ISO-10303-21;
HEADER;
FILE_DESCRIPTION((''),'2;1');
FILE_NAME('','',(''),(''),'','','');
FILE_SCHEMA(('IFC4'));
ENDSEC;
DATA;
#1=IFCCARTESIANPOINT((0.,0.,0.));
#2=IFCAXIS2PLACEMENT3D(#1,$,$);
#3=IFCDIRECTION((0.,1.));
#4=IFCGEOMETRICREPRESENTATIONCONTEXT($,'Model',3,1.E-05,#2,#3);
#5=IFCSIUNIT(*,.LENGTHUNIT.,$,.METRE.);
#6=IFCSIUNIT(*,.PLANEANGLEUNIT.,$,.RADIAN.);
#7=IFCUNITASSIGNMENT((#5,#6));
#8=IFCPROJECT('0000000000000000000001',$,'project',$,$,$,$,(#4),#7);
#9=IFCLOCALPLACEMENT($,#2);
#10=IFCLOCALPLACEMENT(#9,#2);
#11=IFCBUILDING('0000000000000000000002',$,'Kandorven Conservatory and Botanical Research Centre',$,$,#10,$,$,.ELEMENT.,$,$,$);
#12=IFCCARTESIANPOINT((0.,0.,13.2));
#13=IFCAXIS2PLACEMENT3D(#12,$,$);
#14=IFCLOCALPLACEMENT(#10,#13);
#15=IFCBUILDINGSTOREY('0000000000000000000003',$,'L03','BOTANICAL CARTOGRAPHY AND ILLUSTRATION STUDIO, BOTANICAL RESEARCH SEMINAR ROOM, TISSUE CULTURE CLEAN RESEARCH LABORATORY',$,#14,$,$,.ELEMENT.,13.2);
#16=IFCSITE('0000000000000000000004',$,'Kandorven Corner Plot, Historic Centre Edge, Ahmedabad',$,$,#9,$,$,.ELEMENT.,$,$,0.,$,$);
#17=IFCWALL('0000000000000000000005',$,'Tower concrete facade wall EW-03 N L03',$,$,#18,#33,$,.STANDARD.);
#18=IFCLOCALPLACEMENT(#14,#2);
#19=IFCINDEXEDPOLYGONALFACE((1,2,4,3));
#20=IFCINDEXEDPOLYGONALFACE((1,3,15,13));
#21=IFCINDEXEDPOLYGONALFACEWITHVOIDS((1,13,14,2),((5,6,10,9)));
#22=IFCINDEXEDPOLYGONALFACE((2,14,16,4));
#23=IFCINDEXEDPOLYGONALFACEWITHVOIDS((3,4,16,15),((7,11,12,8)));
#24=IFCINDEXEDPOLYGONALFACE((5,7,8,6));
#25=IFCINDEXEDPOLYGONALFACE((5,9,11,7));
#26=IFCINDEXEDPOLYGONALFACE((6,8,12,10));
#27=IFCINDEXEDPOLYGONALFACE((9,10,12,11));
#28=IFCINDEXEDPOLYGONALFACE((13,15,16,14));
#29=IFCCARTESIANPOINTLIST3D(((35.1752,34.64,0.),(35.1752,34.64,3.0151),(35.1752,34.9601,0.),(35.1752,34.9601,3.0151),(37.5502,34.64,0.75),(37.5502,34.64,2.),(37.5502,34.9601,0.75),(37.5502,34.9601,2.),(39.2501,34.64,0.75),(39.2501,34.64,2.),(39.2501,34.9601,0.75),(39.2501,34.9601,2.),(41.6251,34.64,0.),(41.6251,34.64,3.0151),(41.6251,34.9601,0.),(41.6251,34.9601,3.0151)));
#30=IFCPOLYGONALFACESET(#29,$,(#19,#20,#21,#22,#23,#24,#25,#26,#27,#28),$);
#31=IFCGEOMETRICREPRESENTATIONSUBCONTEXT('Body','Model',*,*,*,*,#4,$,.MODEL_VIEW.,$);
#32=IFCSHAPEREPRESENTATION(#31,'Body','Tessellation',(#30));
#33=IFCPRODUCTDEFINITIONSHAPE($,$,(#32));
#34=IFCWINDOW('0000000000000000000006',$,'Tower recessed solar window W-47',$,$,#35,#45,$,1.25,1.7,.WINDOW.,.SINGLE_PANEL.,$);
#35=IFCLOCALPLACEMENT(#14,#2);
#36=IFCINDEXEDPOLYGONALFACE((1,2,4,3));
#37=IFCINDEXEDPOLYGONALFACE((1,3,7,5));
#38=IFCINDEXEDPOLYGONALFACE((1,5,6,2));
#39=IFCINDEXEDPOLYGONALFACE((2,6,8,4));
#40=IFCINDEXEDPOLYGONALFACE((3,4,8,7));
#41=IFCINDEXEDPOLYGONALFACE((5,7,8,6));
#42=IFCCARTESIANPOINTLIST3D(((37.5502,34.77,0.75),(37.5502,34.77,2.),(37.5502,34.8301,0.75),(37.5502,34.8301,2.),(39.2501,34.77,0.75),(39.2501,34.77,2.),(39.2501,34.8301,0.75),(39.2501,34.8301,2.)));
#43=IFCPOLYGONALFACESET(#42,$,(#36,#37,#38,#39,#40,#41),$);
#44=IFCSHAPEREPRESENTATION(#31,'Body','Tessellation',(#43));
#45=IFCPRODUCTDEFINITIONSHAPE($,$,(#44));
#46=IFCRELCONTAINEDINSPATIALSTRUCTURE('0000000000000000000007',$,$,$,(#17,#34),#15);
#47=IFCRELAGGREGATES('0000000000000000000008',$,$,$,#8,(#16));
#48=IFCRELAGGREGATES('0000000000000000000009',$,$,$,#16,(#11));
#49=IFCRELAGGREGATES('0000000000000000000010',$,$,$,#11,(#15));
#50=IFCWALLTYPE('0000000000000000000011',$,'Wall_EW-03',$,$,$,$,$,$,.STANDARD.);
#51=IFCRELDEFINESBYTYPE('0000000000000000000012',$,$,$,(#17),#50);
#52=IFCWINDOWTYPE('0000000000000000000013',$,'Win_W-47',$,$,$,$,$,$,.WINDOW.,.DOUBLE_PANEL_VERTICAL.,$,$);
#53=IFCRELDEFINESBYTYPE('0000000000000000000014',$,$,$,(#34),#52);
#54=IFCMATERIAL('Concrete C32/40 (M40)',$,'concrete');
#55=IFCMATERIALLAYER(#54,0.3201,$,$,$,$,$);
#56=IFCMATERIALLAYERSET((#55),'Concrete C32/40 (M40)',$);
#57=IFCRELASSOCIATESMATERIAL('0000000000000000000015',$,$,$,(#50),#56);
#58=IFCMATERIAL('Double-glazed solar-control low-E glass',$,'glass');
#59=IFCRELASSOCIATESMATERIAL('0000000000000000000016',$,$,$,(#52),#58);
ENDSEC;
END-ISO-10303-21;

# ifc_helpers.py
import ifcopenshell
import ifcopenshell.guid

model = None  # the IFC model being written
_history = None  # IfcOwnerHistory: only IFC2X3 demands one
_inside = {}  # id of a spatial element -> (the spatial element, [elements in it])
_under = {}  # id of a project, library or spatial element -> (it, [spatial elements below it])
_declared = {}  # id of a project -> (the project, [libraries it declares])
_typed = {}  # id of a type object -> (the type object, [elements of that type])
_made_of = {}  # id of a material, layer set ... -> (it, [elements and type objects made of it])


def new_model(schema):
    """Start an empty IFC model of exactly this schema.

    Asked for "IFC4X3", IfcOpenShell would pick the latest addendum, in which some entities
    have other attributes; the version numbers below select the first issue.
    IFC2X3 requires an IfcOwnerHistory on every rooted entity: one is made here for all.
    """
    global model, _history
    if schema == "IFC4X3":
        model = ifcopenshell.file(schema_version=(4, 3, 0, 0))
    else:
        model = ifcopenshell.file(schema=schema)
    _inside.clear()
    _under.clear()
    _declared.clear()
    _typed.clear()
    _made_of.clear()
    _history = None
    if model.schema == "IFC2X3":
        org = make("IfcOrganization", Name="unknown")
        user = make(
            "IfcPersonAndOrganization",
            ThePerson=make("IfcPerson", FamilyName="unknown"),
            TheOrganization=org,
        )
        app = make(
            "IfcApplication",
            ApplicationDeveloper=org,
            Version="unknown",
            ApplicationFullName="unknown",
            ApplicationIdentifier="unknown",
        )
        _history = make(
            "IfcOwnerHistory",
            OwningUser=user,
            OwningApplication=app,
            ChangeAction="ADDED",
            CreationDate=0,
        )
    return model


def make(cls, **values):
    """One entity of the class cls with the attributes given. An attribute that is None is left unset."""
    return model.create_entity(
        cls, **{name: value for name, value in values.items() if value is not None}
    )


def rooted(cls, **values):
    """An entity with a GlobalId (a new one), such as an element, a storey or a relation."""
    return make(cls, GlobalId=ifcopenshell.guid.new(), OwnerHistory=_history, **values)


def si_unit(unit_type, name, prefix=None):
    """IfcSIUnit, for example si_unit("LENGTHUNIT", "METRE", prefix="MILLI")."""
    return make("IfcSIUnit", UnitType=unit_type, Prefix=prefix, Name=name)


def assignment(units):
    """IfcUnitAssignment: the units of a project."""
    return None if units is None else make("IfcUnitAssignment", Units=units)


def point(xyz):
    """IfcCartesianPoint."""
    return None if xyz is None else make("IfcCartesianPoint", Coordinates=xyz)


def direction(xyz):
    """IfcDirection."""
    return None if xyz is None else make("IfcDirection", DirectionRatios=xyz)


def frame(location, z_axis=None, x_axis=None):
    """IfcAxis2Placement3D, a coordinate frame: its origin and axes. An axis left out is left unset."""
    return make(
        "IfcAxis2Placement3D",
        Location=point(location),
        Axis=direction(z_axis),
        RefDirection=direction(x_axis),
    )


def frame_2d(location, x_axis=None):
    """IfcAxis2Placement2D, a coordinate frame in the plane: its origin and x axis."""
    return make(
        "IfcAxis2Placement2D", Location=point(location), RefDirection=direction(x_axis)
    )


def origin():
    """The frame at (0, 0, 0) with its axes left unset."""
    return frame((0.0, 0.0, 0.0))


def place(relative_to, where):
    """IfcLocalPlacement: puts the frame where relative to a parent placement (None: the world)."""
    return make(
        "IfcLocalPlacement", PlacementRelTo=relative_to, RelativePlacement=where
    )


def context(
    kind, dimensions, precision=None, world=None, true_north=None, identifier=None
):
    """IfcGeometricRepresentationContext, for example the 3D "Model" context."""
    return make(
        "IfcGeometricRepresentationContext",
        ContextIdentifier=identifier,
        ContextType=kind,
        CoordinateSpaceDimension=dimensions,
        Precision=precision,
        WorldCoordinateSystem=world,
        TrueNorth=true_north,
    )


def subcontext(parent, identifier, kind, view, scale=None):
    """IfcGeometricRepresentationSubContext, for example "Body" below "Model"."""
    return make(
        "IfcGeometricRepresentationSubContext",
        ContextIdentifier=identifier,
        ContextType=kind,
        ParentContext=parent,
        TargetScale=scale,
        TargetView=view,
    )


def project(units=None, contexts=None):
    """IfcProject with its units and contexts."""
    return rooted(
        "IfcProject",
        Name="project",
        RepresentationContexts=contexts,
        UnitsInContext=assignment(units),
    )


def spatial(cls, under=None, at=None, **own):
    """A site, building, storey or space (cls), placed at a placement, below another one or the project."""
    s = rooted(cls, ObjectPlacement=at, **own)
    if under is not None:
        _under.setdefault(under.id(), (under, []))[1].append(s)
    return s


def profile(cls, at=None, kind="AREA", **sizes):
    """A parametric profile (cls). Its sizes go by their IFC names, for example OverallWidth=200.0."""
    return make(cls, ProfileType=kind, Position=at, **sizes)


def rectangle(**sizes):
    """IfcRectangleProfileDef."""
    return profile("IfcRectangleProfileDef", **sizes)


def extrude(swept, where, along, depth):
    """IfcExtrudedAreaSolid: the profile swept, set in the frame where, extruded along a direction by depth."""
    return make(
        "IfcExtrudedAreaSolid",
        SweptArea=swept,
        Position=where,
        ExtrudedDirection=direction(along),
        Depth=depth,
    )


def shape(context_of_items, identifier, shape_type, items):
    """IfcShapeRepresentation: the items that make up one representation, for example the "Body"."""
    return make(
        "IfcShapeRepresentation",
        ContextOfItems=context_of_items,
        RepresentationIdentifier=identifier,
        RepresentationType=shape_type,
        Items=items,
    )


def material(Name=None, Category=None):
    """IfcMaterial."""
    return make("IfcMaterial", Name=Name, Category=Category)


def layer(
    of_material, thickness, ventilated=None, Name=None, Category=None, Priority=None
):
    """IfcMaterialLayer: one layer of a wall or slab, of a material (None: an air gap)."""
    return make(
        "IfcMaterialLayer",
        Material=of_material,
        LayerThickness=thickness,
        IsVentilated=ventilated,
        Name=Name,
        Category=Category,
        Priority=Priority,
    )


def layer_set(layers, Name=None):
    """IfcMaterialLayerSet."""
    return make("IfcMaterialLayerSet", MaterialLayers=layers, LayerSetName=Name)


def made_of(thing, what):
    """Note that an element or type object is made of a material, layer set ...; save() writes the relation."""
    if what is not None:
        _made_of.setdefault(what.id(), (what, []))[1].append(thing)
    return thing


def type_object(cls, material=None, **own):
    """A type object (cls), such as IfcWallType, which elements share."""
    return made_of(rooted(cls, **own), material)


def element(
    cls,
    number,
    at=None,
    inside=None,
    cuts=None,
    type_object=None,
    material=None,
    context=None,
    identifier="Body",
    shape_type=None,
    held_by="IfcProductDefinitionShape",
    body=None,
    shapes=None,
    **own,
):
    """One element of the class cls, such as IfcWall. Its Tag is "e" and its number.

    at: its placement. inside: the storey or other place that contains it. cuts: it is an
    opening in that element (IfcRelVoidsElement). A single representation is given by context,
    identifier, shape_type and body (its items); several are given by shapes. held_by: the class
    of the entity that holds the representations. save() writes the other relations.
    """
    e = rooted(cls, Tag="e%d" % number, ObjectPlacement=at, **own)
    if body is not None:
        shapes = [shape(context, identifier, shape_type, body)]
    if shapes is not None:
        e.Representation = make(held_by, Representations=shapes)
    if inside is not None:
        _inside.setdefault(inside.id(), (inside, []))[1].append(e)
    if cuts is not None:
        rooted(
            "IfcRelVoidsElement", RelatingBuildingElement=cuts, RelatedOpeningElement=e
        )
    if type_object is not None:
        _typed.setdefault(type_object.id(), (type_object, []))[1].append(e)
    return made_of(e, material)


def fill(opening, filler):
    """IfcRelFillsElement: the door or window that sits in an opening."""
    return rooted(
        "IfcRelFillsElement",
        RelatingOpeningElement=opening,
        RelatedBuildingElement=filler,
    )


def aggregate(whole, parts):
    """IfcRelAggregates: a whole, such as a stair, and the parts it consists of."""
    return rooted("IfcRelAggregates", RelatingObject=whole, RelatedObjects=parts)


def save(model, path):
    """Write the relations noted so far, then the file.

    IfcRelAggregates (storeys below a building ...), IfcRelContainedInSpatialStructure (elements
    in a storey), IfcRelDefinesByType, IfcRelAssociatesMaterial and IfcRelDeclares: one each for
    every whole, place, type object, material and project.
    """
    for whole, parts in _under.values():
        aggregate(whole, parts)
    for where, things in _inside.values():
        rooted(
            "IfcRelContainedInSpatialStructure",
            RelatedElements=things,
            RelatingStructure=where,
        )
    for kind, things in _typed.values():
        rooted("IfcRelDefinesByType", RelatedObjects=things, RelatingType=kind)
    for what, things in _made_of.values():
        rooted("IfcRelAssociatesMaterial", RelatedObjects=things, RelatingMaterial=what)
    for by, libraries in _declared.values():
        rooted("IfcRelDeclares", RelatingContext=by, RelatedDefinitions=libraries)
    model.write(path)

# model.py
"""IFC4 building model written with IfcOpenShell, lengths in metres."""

from ifc_helpers import new_model, si_unit, direction, frame, frame_2d, origin, place, context, subcontext, project, spatial, rectangle, extrude, material, layer, layer_set, type_object, element, fill, save


model = new_model("IFC4")

# Units and contexts
model_context = context("Model", 3, precision=1e-05, world=origin(), true_north=direction((0.0, 1.0)))
body_context = subcontext(model_context, "Body", "Model", "MODEL_VIEW")
ifc_project = project(units=[si_unit("LENGTHUNIT", "METRE"), si_unit("PLANEANGLEUNIT", "RADIAN")], contexts=[model_context])

# Site, building, storey
site_placement = place(None, origin())
site = spatial("IfcSite", under=ifc_project, at=site_placement, Name="Kandorven Corner Plot, Historic Centre Edge, Ahmedabad", CompositionType="ELEMENT", RefElevation=0.0)
building_placement = place(site_placement, origin())
building = spatial("IfcBuilding", under=site, at=building_placement, Name="Kandorven Conservatory and Botanical Research Centre", CompositionType="ELEMENT")
storey_placement = place(building_placement, frame((0.0, 0.0, 13.2)))
storey = spatial("IfcBuildingStorey", under=building, at=storey_placement, Name="L03", Description="BOTANICAL CARTOGRAPHY AND ILLUSTRATION STUDIO, BOTANICAL RESEARCH SEMINAR ROOM, TISSUE CULTURE CLEAN RESEARCH LABORATORY", CompositionType="ELEMENT", Elevation=13.2)

# Wall, opening, window
ifc_material_1 = material(Name="Concrete C32/40 (M40)", Category="concrete")
ifc_layer_1 = layer(ifc_material_1, 0.3201)
ifc_layer_set_1 = layer_set([ifc_layer_1], Name="Concrete C32/40 (M40)")
wall_type = type_object("IfcWallType", Name="Wall_EW-03", PredefinedType="STANDARD", material=ifc_layer_set_1)
wall_placement = place(storey_placement, frame((35.175, 34.8, 0.0), z_axis=(0.0, 0.0, 1.0), x_axis=(1.0, 0.0, 0.0)))
wall = element("IfcWall", 1, at=wall_placement, inside=storey, type_object=wall_type, Name="Tower concrete facade wall EW-03 N L03", PredefinedType="STANDARD", context=body_context, shape_type="SweptSolid", body=[
    extrude(rectangle(XDim=6.45, YDim=0.3201, at=frame_2d((3.2251, 0.0))), origin(), (0.0, 0.0, 1.0), 3.0151),
])
opening_placement = place(wall_placement, frame((2.375, 0.0, 0.75)))
opening = element("IfcOpeningElement", 2, at=opening_placement, cuts=wall, PredefinedType="OPENING", context=body_context, shape_type="SweptSolid", body=[
    extrude(rectangle(XDim=1.7, YDim=1.25, at=frame_2d((0.8501, 0.625))), frame((0.0, 0.1699, 0.0), z_axis=(0.0, -1.0, 0.0), x_axis=(1.0, 0.0, 0.0)), (0.0, 0.0, 1.0), 0.3401),
])
ifc_material_2 = material(Name="Double-glazed solar-control low-E glass", Category="glass")
window_type = type_object("IfcWindowType", Name="Win_W-47", PartitioningType="DOUBLE_PANEL_VERTICAL", PredefinedType="WINDOW", material=ifc_material_2)
window_placement = place(opening_placement, origin())
window = element("IfcWindow", 3, at=window_placement, inside=storey, type_object=window_type, Name="Tower recessed solar window W-47", OverallHeight=1.25, OverallWidth=1.7, PartitioningType="SINGLE_PANEL", PredefinedType="WINDOW", context=body_context, shape_type="SweptSolid", body=[
    extrude(rectangle(XDim=1.7, YDim=1.25, at=frame_2d((0.8501, 0.625))), frame((0.0, 0.03, 0.0), z_axis=(0.0, -1.0, 0.0), x_axis=(1.0, 0.0, 0.0)), (0.0, 0.0, 1.0), 0.0601),
])
fill(opening, window)

save(model, "model.ifc")
